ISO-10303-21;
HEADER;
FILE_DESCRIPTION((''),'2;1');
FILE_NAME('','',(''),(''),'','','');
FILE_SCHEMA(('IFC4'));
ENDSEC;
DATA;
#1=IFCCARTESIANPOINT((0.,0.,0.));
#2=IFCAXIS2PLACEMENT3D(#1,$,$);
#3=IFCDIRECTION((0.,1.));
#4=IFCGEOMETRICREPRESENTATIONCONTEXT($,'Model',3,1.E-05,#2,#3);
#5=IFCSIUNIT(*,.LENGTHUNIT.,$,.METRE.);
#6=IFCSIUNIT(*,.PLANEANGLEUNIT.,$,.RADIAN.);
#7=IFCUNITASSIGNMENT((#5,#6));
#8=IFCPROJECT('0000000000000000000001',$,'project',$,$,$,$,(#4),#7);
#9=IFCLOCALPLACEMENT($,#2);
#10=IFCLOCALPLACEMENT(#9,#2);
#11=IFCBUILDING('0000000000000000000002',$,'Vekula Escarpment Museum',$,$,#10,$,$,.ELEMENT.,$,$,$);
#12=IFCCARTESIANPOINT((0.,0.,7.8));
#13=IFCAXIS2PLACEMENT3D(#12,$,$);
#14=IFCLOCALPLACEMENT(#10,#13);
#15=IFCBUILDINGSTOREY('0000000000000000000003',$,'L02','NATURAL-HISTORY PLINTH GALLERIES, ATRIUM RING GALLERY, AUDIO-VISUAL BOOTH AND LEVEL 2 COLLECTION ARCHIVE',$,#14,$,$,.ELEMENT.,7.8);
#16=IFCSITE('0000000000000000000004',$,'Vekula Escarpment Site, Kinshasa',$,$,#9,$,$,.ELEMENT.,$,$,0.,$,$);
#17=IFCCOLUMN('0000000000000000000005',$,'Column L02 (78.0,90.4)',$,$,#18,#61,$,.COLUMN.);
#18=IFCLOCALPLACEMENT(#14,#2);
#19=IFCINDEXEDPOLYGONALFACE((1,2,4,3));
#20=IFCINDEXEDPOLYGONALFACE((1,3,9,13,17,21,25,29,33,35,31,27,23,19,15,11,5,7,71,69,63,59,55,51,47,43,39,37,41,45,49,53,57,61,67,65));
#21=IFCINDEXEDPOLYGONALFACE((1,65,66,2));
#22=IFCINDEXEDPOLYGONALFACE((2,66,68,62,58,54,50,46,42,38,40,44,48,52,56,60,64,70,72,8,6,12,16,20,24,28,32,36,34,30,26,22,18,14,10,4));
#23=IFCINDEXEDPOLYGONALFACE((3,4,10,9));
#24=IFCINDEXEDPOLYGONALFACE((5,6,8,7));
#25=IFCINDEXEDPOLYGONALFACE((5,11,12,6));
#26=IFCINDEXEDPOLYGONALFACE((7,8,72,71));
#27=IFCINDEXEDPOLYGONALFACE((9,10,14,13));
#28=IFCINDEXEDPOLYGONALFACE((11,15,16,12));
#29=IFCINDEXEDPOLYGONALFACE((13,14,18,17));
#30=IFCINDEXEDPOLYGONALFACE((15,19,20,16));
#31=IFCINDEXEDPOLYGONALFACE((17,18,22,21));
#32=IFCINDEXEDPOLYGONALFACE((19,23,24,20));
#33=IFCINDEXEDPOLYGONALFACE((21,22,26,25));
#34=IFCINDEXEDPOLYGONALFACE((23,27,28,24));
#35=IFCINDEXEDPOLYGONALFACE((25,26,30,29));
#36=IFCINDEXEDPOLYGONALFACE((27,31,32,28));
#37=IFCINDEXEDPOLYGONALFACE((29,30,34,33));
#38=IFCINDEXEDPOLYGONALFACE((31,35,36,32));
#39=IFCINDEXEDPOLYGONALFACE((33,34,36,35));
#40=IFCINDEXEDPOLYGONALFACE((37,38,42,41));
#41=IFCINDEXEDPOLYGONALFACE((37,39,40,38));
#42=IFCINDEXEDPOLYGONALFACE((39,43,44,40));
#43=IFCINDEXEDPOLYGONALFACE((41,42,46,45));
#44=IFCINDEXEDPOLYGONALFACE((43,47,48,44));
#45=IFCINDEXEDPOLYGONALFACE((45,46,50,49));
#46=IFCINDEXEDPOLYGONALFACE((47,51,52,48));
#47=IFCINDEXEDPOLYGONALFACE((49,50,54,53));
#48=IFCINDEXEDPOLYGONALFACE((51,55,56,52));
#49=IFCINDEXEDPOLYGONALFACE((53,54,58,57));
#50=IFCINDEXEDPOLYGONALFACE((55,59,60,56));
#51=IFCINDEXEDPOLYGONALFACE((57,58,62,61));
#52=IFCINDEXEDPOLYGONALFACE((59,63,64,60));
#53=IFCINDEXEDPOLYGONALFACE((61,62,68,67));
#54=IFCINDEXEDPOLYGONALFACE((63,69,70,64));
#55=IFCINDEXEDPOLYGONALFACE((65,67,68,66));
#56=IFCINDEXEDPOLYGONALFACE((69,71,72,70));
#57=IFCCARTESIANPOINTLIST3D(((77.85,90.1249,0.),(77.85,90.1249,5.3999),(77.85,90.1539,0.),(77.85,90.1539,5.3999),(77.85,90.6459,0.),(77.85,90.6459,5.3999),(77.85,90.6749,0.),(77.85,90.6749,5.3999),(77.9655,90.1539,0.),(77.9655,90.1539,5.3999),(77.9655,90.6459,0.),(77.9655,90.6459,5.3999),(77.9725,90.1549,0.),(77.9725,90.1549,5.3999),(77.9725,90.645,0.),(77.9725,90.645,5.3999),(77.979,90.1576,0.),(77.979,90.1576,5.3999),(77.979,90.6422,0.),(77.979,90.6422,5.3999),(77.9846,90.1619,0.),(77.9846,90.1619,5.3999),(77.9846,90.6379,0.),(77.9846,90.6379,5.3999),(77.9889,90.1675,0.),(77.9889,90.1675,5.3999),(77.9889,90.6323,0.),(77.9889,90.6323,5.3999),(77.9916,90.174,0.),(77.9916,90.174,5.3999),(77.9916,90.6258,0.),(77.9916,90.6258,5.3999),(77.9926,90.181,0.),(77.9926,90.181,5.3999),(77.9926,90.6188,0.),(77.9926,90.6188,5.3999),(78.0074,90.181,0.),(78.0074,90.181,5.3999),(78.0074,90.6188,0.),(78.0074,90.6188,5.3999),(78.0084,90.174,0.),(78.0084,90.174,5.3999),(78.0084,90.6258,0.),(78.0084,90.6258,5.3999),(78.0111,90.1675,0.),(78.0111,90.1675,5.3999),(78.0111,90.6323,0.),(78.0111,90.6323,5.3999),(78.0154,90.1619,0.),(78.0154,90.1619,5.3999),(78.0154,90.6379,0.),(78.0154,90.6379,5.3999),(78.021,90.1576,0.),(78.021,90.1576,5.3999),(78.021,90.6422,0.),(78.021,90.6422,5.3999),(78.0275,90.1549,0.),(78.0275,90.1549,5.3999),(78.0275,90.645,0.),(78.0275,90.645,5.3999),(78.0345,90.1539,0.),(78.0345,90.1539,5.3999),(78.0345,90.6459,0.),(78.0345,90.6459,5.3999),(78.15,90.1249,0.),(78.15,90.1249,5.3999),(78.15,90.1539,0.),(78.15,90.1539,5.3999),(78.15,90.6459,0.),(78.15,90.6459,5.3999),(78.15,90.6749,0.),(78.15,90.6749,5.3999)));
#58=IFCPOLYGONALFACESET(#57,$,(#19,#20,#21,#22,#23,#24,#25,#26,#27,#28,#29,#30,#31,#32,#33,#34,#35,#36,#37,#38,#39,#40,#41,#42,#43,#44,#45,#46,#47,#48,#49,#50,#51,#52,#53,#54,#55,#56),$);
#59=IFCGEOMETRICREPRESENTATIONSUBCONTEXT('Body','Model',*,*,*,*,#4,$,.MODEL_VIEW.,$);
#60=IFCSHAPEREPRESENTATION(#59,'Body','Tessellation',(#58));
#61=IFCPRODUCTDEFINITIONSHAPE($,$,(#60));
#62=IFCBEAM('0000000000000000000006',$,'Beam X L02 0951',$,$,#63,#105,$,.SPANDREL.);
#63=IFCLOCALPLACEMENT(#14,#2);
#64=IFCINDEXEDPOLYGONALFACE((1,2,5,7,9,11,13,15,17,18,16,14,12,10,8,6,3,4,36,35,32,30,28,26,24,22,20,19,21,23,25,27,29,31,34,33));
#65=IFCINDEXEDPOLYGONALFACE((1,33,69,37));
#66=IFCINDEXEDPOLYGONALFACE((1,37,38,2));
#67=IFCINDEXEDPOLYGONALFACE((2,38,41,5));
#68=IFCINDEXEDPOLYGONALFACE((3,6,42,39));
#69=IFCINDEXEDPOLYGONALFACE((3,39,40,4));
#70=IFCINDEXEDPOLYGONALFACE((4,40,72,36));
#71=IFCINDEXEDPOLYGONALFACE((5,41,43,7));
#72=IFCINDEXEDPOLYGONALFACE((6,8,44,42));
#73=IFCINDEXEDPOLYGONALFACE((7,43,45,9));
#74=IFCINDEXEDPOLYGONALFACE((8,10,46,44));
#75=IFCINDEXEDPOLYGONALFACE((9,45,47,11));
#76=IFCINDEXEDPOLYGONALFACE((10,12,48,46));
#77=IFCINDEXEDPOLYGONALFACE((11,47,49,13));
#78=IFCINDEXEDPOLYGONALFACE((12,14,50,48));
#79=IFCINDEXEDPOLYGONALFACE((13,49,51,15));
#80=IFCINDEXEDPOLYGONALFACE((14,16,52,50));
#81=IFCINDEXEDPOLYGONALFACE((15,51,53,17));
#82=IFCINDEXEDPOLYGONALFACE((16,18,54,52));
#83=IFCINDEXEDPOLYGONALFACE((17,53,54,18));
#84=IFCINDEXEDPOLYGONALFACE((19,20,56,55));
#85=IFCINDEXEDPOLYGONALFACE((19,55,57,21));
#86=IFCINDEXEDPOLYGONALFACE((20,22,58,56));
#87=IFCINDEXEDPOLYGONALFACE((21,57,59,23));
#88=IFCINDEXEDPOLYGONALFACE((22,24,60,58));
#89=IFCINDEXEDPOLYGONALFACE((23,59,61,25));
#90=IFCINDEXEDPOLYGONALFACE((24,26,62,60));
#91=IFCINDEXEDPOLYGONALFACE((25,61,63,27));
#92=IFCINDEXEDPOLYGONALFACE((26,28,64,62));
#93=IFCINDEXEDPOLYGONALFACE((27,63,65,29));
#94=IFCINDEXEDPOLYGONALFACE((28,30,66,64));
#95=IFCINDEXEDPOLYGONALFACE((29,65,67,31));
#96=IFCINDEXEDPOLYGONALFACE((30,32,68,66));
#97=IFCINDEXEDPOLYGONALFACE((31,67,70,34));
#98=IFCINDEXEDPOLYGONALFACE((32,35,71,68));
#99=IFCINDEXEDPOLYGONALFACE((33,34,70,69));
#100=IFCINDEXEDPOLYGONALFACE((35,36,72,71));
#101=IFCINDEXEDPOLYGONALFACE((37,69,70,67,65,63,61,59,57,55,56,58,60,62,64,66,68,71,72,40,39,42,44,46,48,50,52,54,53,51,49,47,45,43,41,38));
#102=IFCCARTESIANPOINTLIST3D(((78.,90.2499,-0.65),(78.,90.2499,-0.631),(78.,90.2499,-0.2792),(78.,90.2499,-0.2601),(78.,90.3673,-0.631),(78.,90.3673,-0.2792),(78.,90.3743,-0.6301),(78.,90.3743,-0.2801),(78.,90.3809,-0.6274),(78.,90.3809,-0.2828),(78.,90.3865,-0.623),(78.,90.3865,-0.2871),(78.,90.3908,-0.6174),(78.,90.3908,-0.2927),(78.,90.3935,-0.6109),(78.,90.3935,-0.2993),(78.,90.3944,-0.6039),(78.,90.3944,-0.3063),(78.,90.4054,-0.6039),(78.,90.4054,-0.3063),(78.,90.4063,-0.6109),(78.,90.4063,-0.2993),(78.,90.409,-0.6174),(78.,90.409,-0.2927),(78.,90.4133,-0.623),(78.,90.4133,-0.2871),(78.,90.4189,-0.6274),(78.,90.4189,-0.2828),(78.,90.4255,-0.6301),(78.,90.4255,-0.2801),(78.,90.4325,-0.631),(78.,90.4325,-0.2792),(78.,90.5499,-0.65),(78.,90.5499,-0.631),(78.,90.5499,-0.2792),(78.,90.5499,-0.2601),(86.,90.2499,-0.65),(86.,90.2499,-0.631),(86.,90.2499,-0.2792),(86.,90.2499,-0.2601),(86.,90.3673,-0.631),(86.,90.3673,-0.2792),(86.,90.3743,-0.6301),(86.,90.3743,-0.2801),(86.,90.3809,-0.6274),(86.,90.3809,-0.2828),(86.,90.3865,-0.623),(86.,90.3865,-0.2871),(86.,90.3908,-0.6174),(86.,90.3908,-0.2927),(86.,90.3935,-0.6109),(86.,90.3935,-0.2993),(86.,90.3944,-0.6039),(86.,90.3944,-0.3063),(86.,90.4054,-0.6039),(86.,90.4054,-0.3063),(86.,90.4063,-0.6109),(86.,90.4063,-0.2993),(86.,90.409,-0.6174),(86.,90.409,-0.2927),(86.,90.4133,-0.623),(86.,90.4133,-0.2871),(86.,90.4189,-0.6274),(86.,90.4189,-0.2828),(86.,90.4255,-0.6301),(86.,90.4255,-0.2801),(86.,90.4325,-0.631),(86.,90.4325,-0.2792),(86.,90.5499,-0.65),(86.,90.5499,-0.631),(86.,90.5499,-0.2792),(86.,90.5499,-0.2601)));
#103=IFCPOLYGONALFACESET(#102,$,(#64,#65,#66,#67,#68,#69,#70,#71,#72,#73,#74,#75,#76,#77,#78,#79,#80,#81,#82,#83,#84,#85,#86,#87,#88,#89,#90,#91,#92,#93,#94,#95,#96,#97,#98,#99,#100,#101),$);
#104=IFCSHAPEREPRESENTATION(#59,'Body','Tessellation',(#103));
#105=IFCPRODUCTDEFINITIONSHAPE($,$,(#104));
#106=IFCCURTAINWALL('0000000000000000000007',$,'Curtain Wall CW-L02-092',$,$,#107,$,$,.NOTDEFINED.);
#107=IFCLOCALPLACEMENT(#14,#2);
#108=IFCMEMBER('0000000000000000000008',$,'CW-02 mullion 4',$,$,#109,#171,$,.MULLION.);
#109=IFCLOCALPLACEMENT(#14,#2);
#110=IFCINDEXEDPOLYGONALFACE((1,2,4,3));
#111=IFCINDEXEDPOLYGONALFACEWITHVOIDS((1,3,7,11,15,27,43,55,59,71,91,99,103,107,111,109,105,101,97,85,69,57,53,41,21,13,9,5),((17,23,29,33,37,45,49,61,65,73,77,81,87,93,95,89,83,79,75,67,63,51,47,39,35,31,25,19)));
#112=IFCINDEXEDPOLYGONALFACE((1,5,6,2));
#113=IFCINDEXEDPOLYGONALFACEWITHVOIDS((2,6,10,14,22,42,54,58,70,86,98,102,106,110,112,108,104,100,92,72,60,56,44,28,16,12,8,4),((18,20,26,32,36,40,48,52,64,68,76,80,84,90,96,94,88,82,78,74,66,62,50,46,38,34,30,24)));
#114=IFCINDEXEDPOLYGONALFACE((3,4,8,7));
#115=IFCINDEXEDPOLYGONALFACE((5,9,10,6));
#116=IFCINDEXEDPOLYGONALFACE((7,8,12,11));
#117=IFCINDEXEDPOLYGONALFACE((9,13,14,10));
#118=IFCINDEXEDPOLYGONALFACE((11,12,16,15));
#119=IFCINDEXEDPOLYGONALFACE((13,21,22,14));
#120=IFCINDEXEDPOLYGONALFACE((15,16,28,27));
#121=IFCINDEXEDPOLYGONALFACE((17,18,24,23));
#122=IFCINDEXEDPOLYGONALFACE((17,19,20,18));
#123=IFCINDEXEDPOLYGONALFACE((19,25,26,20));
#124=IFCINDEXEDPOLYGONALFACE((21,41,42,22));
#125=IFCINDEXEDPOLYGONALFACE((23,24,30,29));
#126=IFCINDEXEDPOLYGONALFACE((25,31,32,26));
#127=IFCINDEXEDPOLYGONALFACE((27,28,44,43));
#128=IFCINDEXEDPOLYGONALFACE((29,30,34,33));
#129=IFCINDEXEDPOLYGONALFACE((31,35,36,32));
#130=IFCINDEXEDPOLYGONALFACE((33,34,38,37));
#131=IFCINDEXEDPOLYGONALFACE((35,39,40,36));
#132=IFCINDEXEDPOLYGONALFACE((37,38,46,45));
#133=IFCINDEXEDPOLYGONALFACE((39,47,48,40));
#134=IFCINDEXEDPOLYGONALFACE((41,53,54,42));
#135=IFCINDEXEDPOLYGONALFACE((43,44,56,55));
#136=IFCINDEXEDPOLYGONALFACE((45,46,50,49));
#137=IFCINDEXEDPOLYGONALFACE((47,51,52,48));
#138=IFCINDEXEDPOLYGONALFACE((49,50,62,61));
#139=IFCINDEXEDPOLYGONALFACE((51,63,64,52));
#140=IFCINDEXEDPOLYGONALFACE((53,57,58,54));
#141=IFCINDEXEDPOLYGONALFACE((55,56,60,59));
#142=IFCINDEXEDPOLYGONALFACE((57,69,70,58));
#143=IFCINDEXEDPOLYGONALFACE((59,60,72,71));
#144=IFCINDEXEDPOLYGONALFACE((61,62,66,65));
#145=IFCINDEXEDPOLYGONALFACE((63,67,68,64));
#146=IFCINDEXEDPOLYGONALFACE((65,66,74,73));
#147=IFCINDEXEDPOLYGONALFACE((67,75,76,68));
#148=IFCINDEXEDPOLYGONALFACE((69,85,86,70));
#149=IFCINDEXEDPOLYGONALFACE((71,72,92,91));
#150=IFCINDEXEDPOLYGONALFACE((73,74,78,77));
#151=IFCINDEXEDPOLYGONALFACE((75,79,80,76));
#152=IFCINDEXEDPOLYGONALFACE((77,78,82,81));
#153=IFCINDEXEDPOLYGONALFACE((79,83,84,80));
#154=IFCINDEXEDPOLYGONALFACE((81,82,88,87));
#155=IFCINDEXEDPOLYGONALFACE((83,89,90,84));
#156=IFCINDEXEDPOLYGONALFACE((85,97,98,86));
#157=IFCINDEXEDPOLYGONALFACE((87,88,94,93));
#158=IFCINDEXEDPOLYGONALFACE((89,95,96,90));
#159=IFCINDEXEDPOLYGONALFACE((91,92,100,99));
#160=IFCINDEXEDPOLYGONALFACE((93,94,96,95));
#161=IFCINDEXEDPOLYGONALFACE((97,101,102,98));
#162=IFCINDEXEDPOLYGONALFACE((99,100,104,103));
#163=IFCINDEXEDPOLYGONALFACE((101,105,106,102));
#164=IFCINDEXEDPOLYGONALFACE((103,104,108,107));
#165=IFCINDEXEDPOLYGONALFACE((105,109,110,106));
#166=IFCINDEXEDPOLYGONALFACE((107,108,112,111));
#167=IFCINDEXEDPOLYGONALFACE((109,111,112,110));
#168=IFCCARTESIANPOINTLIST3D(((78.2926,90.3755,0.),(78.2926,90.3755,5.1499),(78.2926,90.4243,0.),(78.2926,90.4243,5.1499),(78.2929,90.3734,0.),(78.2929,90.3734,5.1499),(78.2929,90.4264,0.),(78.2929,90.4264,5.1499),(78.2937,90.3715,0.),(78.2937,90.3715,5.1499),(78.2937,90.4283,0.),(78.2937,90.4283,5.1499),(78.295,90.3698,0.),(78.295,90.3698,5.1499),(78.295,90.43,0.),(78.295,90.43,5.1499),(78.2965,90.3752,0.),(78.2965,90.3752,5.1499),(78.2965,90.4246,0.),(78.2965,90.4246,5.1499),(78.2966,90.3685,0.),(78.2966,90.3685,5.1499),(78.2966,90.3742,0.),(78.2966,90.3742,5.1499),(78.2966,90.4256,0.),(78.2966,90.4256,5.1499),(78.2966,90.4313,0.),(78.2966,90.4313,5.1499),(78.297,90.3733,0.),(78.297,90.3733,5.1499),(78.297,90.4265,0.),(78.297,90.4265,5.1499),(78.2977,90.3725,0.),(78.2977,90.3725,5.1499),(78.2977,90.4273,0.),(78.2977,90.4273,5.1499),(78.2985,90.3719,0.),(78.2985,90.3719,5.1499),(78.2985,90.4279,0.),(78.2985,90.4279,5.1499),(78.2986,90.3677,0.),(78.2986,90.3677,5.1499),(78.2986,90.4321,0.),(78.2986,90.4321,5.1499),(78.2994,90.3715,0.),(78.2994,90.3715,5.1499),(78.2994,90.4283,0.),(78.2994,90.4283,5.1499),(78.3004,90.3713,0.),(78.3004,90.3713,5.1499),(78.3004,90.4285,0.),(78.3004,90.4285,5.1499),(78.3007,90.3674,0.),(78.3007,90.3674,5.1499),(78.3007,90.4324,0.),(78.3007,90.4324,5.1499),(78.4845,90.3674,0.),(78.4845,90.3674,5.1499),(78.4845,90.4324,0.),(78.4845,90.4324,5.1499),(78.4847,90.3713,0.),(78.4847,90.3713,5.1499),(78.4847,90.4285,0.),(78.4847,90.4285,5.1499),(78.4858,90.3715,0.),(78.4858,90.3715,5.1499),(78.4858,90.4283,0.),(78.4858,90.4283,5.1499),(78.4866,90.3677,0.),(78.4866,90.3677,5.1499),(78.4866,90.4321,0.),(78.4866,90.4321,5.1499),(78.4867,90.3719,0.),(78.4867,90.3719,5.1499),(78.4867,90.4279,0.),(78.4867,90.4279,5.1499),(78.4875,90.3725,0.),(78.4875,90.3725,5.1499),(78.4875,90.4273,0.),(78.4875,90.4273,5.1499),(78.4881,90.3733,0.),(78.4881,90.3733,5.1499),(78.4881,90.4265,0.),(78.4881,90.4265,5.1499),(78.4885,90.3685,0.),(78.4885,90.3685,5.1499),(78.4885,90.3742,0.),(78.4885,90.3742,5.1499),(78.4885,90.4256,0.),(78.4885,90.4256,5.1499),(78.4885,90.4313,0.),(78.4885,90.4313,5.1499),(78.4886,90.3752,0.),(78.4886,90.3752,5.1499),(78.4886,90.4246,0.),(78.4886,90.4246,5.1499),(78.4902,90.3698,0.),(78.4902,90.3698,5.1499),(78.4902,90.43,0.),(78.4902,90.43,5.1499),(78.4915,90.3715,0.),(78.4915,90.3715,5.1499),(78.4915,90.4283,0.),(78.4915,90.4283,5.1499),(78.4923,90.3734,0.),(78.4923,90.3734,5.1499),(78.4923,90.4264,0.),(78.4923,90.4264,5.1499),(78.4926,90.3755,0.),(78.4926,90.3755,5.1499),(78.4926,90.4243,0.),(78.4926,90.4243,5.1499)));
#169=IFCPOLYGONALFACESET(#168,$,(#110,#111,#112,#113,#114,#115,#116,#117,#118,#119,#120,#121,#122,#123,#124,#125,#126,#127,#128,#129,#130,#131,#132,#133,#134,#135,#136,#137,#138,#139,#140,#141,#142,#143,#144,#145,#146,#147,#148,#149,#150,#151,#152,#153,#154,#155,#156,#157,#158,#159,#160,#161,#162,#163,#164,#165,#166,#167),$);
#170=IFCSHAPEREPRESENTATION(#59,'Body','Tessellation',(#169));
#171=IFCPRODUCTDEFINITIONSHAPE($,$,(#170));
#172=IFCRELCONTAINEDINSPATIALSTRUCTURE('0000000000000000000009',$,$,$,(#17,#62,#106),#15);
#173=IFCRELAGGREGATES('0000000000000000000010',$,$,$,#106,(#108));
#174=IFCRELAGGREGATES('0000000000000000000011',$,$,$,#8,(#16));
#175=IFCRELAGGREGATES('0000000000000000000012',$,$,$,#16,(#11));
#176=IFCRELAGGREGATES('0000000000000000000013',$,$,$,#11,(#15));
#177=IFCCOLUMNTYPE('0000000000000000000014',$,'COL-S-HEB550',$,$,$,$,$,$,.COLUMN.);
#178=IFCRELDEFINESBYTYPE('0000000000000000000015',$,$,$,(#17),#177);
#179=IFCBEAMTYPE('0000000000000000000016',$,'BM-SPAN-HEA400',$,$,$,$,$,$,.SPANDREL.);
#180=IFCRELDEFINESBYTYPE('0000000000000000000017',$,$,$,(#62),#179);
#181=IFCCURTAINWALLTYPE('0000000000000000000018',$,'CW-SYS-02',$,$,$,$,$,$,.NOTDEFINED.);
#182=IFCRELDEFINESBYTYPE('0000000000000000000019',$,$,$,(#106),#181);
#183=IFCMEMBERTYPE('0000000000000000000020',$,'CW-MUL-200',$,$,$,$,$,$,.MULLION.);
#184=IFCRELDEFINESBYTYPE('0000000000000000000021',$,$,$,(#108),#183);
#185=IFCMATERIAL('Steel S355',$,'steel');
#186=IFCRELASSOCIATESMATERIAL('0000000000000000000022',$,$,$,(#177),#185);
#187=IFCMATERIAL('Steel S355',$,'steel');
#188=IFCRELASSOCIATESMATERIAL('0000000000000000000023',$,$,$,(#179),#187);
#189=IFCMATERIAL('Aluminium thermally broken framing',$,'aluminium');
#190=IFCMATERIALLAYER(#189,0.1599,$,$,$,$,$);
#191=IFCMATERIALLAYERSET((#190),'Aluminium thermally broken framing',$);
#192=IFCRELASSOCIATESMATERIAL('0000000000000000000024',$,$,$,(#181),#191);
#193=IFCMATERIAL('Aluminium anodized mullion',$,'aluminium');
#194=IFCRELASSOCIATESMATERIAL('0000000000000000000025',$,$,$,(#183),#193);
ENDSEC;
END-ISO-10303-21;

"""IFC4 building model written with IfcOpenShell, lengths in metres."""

from ifc_helpers import new_model, si_unit, direction, frame, origin, origin_2d, place, context, subcontext, project, spatial, hollow_rectangle, i_section, extrude, material, layer, layer_set, material_profile, profile_set, type_object, element, aggregate, save


model = new_model("IFC4")

# Units and contexts
model_context = context("Model", 3, precision=1e-05, world=origin(), true_north=direction((0.0, 1.0)))
body_context = subcontext(model_context, "Body", "Model", "MODEL_VIEW")
ifc_project = project(units=[si_unit("LENGTHUNIT", "METRE"), si_unit("PLANEANGLEUNIT", "RADIAN")], contexts=[model_context])

# Site, building, storey
site_placement = place(None, origin())
site = spatial("IfcSite", under=ifc_project, at=site_placement, Name="Vekula Escarpment Site, Kinshasa", CompositionType="ELEMENT", RefElevation=0.0)
building_placement = place(site_placement, origin())
building = spatial("IfcBuilding", under=site, at=building_placement, Name="Vekula Escarpment Museum", CompositionType="ELEMENT")
storey_placement = place(building_placement, frame((0.0, 0.0, 7.8)))
storey = spatial("IfcBuildingStorey", under=building, at=storey_placement, Name="L02", Description="NATURAL-HISTORY PLINTH GALLERIES, ATRIUM RING GALLERY, AUDIO-VISUAL BOOTH AND LEVEL 2 COLLECTION ARCHIVE", CompositionType="ELEMENT", Elevation=7.8)

# Column
ifc_material_1 = material(Name="Steel S355", Category="steel")
ifc_material_profile_1 = material_profile(ifc_material_1, i_section(OverallWidth=0.3, OverallDepth=0.55, WebThickness=0.0149, FlangeThickness=0.0291, FilletRadius=0.0271, at=origin_2d()), Name="HEB 550")
ifc_profile_set_1 = profile_set([ifc_material_profile_1], Name="Steel S355")
column_type = type_object("IfcColumnType", Name="COL-S-HEB550", PredefinedType="COLUMN", material=ifc_profile_set_1)
column_placement = place(storey_placement, frame((78.0, 90.3999, 0.0), z_axis=(0.0, 0.0, 1.0), x_axis=(1.0, 0.0, 0.0)))
element("IfcColumn", 1, at=column_placement, inside=storey, type_object=column_type, Name="Column L02 (78.0,90.4)", PredefinedType="COLUMN", context=body_context, shape_type="SweptSolid", body=[
    extrude(i_section(OverallWidth=0.3, OverallDepth=0.55, WebThickness=0.0149, FlangeThickness=0.0291, FilletRadius=0.0271, at=origin_2d()), origin(), (0.0, 0.0, 1.0), 5.3999),
])

# Beam
ifc_material_2 = material(Name="Steel S355", Category="steel")
ifc_material_profile_2 = material_profile(ifc_material_2, i_section(OverallWidth=0.3, OverallDepth=0.3899, WebThickness=0.011, FlangeThickness=0.019, FilletRadius=0.0271, at=origin_2d()), Name="HEA 400")
ifc_profile_set_2 = profile_set([ifc_material_profile_2], Name="Steel S355")
beam_type = type_object("IfcBeamType", Name="BM-SPAN-HEA400", PredefinedType="SPANDREL", material=ifc_profile_set_2)
beam_placement = place(storey_placement, frame((78.0, 90.3999, -0.4551), z_axis=(1.0, 0.0, 0.0), x_axis=(0.0, 1.0, 0.0)))
element("IfcBeam", 2, at=beam_placement, inside=storey, type_object=beam_type, Name="Beam X L02 0951", PredefinedType="SPANDREL", context=body_context, shape_type="SweptSolid", body=[
    extrude(i_section(OverallWidth=0.3, OverallDepth=0.3899, WebThickness=0.011, FlangeThickness=0.019, FilletRadius=0.0271, at=origin_2d()), origin(), (0.0, 0.0, 1.0), 8.0),
])

# Curtain wall, member
ifc_material_3 = material(Name="Aluminium thermally broken framing", Category="aluminium")
ifc_layer_1 = layer(ifc_material_3, 0.1599)
ifc_layer_set_1 = layer_set([ifc_layer_1], Name="Aluminium thermally broken framing")
curtain_wall_type_1 = type_object("IfcCurtainWallType", Name="CW-SYS-02", PredefinedType="NOTDEFINED", material=ifc_layer_set_1)
curtain_wall_1_placement = place(storey_placement, origin())
curtain_wall_1 = element("IfcCurtainWall", 3, at=curtain_wall_1_placement, inside=storey, type_object=curtain_wall_type_1, Name="Curtain Wall CW-L02-092", PredefinedType="NOTDEFINED")
ifc_material_4 = material(Name="Aluminium anodized mullion", Category="aluminium")
ifc_material_profile_3 = material_profile(ifc_material_4, hollow_rectangle(XDim=0.0649, YDim=0.2, WallThickness=0.0039, InnerFilletRadius=0.0039, OuterFilletRadius=0.0081, at=origin_2d()), Name="ALU 200x65x4")
ifc_profile_set_3 = profile_set([ifc_material_profile_3], Name="Aluminium anodized mullion")
member_type_1 = type_object("IfcMemberType", Name="CW-MUL-200", PredefinedType="MULLION", material=ifc_profile_set_3)
member_1_placement = place(storey_placement, frame((78.3926, 90.3999, 0.0), z_axis=(0.0, 0.0, 1.0), x_axis=(0.0, -1.0, 0.0)))
member_1 = element("IfcMember", 4, at=member_1_placement, type_object=member_type_1, Name="CW-02 mullion 4", PredefinedType="MULLION", context=body_context, shape_type="SweptSolid", body=[
    extrude(hollow_rectangle(XDim=0.0649, YDim=0.2, WallThickness=0.0039, InnerFilletRadius=0.0039, OuterFilletRadius=0.0081, at=origin_2d()), origin(), (0.0, 0.0, 1.0), 5.1499),
])

aggregate(curtain_wall_1, [member_1])

save(model, "model.ifc")
